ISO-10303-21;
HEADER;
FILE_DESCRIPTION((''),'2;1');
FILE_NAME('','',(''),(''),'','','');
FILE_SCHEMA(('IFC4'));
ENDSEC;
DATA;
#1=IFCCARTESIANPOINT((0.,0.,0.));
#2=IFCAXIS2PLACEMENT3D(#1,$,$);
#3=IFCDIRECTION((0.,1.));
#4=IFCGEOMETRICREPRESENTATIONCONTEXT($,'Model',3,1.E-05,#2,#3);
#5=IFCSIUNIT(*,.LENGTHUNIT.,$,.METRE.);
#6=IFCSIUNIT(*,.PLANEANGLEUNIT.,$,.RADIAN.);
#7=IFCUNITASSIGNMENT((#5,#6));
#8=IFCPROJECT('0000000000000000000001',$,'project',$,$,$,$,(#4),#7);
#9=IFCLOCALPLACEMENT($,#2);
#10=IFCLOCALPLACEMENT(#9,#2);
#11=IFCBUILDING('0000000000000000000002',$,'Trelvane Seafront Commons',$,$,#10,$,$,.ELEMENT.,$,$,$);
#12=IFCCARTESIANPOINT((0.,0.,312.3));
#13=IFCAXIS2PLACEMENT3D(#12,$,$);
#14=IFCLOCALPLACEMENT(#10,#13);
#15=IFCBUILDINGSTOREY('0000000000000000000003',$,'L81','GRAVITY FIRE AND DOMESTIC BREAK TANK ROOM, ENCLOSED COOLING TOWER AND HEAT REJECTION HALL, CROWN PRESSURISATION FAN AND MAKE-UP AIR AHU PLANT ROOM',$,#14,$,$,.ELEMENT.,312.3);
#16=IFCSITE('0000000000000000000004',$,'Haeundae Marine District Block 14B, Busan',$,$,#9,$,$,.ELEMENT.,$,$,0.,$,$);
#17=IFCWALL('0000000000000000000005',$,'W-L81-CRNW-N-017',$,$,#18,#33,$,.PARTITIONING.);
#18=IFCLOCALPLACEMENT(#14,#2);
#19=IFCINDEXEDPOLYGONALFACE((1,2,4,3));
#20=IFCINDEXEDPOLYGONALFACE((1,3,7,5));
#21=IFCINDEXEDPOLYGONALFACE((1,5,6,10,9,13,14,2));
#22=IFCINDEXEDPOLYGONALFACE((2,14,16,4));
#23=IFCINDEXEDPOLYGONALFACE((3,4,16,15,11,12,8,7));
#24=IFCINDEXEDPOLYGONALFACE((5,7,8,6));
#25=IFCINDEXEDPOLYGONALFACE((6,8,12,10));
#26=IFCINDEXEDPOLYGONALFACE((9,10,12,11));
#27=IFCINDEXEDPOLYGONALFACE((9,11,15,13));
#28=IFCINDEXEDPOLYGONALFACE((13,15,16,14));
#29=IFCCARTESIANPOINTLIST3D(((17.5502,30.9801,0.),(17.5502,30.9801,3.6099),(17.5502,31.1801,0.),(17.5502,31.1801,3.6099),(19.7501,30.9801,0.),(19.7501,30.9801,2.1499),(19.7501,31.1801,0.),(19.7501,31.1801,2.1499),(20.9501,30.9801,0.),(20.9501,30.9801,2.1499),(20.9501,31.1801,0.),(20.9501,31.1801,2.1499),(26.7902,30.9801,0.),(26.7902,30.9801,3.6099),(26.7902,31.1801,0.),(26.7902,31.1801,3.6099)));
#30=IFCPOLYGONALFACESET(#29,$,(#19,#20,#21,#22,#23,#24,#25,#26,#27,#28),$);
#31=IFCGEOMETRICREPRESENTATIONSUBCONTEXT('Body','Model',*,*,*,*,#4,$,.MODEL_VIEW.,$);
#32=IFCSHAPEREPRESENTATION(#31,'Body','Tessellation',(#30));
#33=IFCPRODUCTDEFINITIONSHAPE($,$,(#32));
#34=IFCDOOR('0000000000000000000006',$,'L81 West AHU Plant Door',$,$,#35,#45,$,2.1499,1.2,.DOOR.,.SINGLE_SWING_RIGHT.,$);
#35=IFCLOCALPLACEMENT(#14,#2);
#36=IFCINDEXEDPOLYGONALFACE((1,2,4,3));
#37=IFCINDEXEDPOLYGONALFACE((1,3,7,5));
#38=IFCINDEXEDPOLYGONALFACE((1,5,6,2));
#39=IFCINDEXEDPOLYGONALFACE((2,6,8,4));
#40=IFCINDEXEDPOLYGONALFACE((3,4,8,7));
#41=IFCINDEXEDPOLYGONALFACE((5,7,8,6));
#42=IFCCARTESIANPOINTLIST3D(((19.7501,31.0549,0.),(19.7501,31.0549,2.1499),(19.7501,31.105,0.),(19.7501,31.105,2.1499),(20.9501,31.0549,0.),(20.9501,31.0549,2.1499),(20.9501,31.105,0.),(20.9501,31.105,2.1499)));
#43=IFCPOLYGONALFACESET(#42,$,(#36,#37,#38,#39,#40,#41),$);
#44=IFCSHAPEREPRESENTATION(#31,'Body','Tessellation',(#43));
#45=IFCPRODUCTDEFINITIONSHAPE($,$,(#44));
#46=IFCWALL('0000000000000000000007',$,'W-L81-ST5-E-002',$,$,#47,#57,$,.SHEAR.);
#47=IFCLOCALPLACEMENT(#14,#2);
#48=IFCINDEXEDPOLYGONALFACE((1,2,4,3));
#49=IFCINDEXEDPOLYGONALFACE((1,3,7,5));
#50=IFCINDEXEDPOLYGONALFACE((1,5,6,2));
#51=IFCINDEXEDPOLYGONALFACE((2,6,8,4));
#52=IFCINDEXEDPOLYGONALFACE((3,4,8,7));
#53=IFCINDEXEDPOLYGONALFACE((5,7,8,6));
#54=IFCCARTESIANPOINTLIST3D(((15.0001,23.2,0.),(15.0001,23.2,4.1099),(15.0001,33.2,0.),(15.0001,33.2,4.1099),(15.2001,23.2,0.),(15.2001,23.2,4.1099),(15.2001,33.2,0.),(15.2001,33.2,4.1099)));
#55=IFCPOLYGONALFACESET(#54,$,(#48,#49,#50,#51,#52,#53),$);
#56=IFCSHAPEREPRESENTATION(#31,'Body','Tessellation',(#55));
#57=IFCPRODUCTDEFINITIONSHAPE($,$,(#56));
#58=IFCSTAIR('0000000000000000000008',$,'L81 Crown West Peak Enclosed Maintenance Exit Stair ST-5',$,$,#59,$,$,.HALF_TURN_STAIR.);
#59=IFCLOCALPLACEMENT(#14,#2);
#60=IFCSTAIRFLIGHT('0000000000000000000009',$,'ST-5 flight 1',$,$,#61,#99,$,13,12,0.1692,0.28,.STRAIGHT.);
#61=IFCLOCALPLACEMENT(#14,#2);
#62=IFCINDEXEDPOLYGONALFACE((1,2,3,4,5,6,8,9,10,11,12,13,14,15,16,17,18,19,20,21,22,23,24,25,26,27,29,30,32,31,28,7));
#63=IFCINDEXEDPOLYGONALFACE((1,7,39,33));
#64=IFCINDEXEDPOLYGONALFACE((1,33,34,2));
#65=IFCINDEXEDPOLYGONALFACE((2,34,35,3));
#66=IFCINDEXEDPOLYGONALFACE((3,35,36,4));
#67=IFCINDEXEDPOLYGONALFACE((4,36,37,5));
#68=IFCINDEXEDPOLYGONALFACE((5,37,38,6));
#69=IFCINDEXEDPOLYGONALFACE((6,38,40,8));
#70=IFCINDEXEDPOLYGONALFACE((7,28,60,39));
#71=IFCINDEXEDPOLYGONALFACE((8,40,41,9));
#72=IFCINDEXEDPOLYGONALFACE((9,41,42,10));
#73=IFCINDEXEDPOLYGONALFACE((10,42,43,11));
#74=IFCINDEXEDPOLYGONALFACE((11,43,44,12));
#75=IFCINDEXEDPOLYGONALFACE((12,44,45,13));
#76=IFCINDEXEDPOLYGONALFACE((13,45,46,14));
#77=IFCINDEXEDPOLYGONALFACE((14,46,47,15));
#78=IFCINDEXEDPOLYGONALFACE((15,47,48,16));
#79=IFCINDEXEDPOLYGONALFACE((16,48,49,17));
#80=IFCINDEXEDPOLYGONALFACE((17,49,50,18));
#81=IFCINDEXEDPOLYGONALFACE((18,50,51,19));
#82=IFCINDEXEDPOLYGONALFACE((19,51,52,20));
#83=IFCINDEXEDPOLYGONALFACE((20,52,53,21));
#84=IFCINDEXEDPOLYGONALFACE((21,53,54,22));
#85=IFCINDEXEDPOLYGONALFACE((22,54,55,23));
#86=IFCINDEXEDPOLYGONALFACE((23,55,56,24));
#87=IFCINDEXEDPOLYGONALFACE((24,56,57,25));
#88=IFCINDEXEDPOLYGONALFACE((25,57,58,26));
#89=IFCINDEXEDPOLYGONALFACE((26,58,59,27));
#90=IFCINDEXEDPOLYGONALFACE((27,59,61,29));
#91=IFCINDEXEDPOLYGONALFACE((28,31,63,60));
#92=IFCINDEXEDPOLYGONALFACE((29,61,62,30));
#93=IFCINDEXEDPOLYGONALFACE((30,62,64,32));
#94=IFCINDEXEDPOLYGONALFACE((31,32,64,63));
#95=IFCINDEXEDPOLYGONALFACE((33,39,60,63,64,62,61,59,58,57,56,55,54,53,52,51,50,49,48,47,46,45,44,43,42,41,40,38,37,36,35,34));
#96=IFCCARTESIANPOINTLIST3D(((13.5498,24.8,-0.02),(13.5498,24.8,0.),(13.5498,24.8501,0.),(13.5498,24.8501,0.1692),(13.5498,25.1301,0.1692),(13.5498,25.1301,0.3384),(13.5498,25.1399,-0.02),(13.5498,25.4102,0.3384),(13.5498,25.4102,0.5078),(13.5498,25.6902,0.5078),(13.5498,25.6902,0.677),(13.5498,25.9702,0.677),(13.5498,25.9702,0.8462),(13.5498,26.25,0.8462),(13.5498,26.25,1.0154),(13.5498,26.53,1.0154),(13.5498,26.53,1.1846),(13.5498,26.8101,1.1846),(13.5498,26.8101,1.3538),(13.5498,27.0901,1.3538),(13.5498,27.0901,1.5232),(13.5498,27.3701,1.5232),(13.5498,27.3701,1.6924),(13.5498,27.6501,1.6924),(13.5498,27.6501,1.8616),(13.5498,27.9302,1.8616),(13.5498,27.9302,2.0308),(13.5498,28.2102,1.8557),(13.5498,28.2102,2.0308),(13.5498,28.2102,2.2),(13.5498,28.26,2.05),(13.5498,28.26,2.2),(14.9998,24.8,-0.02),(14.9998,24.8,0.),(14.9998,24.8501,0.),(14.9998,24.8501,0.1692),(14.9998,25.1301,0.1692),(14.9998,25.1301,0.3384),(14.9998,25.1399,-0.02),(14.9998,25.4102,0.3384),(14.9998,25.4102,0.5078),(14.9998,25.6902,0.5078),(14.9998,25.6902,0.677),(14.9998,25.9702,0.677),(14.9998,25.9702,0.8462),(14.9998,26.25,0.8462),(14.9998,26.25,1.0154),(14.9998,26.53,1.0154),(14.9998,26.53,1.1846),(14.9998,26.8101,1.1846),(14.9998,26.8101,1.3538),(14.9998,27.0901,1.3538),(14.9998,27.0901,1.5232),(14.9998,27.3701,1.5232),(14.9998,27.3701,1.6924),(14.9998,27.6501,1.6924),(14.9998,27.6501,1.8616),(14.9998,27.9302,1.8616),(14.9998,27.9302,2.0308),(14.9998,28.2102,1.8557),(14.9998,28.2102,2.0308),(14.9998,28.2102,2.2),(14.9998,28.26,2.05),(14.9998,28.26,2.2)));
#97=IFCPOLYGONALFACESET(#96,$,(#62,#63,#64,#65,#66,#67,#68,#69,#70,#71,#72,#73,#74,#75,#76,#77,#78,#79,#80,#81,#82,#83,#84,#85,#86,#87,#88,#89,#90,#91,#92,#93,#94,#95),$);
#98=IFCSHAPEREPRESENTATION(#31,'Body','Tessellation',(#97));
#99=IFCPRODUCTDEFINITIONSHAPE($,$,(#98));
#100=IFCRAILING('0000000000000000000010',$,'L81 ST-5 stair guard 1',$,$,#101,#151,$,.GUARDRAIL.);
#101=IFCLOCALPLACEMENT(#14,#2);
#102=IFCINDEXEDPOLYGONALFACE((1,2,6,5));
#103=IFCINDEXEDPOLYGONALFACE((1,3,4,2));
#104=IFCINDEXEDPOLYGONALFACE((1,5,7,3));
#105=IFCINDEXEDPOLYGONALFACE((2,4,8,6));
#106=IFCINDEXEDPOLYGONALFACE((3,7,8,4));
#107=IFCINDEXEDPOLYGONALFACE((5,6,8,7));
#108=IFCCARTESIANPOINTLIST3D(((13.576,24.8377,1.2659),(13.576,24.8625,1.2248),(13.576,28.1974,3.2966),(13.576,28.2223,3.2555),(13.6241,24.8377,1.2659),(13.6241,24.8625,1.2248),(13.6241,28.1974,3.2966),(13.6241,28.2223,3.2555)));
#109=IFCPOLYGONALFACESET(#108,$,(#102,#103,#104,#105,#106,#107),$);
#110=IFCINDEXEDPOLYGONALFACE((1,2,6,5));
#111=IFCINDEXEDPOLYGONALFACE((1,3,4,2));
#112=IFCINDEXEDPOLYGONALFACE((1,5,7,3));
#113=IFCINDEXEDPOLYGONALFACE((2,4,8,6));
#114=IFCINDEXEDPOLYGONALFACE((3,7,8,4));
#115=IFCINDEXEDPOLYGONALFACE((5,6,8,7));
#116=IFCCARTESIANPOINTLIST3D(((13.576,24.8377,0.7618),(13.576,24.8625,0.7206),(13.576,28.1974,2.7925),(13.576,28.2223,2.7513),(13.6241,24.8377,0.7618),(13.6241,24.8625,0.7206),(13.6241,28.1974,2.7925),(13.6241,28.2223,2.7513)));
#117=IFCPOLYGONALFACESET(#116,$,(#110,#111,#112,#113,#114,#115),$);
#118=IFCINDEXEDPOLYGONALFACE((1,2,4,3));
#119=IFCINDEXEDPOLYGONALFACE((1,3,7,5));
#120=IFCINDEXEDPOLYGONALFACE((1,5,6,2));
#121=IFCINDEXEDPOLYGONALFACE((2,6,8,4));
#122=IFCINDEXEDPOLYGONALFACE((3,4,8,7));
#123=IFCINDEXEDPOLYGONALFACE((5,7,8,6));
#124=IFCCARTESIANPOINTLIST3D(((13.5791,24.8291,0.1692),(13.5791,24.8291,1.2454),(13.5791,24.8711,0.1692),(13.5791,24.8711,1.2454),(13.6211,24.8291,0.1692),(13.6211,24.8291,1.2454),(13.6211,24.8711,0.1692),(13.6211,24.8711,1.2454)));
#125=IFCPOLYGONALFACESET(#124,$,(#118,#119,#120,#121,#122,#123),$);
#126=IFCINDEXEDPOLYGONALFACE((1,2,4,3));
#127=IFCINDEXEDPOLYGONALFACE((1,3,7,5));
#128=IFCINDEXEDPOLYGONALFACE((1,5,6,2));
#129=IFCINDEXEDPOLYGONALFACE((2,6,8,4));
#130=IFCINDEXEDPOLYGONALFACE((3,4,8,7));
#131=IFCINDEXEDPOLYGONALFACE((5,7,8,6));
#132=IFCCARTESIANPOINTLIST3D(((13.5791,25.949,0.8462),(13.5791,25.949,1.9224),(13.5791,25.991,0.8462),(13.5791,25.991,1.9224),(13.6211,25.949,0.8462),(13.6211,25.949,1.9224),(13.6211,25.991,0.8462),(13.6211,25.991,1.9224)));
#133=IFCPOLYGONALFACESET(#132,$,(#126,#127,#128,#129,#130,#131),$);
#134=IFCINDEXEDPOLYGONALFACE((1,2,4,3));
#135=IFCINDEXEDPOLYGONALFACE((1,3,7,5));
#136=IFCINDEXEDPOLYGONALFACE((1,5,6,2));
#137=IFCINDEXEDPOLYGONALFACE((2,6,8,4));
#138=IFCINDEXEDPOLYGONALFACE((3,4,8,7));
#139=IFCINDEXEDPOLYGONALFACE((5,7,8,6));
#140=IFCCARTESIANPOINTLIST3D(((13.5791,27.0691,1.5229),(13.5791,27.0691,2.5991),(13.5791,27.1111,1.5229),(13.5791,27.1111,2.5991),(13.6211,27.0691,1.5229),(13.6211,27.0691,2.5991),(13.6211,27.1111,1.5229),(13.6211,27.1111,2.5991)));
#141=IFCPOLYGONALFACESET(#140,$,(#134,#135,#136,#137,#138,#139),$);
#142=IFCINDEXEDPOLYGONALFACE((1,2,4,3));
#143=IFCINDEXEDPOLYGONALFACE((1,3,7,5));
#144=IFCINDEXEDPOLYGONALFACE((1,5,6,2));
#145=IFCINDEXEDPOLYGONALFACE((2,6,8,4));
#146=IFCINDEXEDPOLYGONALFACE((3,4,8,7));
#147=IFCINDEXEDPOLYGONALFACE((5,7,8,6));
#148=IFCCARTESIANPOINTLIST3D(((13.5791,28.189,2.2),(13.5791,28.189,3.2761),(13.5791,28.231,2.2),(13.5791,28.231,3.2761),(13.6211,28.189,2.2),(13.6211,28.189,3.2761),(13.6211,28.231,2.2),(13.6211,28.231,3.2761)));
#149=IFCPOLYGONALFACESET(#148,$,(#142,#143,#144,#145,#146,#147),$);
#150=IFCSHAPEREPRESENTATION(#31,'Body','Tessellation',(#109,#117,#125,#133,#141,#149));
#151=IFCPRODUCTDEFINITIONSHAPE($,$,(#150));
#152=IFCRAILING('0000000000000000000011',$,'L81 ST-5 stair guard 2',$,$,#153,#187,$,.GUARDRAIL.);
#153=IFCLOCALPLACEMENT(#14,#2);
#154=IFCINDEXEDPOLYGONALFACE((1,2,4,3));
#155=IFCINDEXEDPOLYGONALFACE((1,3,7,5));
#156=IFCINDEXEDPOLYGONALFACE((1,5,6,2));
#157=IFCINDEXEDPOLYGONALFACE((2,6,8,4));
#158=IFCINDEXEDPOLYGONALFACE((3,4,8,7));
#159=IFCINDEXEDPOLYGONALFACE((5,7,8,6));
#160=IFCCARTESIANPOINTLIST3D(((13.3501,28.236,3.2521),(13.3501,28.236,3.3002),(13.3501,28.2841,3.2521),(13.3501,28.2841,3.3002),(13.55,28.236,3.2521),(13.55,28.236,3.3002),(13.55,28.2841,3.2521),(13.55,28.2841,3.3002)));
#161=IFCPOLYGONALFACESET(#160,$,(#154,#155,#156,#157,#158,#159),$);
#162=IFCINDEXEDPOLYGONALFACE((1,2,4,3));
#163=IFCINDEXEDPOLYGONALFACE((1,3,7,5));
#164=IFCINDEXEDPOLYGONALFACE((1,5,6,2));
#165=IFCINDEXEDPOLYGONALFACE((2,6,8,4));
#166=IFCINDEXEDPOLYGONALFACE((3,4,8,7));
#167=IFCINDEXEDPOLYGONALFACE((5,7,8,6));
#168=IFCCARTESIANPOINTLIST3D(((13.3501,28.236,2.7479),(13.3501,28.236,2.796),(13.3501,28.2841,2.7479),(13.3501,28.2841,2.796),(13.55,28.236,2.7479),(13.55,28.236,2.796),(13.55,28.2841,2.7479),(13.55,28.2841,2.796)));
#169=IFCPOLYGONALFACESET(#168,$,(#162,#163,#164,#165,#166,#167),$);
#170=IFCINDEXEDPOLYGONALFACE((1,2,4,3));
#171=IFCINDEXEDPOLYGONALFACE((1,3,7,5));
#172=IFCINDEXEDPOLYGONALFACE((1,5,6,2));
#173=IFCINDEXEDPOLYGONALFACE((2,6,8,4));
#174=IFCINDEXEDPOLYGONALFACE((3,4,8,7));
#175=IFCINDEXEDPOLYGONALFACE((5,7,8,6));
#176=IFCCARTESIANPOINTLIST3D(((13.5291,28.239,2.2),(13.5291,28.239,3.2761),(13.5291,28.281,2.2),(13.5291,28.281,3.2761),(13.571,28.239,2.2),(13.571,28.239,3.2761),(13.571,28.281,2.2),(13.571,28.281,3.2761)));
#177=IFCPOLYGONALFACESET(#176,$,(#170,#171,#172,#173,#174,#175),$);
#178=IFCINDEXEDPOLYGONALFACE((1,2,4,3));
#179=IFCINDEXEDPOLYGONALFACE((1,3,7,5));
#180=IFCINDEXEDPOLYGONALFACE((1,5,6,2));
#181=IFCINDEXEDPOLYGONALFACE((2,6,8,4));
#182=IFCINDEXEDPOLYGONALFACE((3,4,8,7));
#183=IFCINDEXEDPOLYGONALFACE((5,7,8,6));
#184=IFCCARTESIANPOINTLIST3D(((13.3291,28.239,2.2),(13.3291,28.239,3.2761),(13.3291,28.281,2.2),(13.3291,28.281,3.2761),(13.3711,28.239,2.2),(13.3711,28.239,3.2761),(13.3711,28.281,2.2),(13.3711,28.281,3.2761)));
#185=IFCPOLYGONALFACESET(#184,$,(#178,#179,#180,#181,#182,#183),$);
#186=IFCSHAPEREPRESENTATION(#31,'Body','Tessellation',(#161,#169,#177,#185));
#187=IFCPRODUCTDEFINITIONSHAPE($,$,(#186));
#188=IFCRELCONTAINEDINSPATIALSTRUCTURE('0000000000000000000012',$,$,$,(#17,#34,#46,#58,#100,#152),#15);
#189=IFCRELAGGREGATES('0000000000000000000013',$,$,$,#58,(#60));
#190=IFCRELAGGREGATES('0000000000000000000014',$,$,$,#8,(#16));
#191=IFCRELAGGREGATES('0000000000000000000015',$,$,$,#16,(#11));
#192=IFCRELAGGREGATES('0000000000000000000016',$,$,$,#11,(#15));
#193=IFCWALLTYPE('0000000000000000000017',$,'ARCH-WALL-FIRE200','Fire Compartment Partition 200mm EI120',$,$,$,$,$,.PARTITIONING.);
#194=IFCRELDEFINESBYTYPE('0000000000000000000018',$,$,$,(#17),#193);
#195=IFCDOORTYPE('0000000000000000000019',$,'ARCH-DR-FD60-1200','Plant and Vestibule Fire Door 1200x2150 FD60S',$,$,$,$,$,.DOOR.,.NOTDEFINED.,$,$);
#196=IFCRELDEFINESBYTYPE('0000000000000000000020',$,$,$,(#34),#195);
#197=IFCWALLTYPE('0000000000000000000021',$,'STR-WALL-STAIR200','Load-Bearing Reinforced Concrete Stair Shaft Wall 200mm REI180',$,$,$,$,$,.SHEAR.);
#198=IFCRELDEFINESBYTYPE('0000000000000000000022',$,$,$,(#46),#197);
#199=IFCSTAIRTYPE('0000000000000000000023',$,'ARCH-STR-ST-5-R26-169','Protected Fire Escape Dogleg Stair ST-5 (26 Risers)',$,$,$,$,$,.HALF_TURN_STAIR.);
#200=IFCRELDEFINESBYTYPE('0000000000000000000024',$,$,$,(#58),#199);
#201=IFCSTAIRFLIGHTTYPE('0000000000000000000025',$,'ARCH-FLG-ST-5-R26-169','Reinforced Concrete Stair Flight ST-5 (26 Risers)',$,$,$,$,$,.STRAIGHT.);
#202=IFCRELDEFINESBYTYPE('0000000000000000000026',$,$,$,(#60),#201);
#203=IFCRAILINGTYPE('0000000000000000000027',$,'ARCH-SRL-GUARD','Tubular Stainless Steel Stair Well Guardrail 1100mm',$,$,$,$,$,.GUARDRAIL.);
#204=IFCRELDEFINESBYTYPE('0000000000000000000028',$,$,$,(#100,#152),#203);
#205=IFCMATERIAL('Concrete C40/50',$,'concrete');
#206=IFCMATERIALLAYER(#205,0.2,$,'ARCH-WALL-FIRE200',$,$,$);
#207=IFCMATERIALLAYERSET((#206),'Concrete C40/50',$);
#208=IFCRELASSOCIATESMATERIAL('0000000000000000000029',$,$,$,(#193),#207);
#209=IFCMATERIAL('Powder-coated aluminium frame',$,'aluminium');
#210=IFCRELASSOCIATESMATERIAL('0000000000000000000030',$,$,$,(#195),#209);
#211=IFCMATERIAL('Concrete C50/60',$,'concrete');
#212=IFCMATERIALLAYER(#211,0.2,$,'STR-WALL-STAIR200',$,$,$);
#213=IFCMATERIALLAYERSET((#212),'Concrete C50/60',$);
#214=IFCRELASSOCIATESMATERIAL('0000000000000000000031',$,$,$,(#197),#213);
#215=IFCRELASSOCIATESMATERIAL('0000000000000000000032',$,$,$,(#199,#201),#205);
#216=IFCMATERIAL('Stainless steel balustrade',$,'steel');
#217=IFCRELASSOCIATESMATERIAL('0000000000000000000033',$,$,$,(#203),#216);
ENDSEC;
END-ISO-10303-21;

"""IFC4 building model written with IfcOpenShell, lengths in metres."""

from ifc_helpers import new_model, si_unit, direction, frame, frame_2d, origin, origin_2d, place, context, subcontext, project, spatial, polyline, rectangle, outline, extrude, source, transform, mapped, material, layer, layer_set, type_object, element, fill, aggregate, save


model = new_model("IFC4")

# Units and contexts
model_context = context("Model", 3, precision=1e-05, world=origin(), true_north=direction((0.0, 1.0)))
body_context = subcontext(model_context, "Body", "Model", "MODEL_VIEW")
ifc_project = project(units=[si_unit("LENGTHUNIT", "METRE"), si_unit("PLANEANGLEUNIT", "RADIAN")], contexts=[model_context])

# Site, building, storey
site_placement = place(None, origin())
site = spatial("IfcSite", under=ifc_project, at=site_placement, Name="Haeundae Marine District Block 14B, Busan", CompositionType="ELEMENT", RefElevation=0.0)
building_placement = place(site_placement, origin())
building = spatial("IfcBuilding", under=site, at=building_placement, Name="Trelvane Seafront Commons", CompositionType="ELEMENT")
storey_placement = place(building_placement, frame((0.0, 0.0, 312.3)))
storey = spatial("IfcBuildingStorey", under=building, at=storey_placement, Name="L81", Description="GRAVITY FIRE AND DOMESTIC BREAK TANK ROOM, ENCLOSED COOLING TOWER AND HEAT REJECTION HALL, CROWN PRESSURISATION FAN AND MAKE-UP AIR AHU PLANT ROOM", CompositionType="ELEMENT", Elevation=312.3)

# Wall, opening, door
ifc_material_1 = material(Name="Concrete C40/50", Category="concrete")
ifc_layer_1 = layer(ifc_material_1, 0.2, Name="ARCH-WALL-FIRE200")
ifc_layer_set_1 = layer_set([ifc_layer_1], Name="Concrete C40/50")
wall_type_1 = type_object("IfcWallType", Name="ARCH-WALL-FIRE200", Description="Fire Compartment Partition 200mm EI120", PredefinedType="PARTITIONING", material=ifc_layer_set_1)
wall_1_placement = place(storey_placement, frame((17.55, 31.0801, 0.0), z_axis=(0.0, 0.0, 1.0), x_axis=(1.0, 0.0, 0.0)))
wall_1 = element("IfcWall", 1, at=wall_1_placement, inside=storey, type_object=wall_type_1, Name="W-L81-CRNW-N-017", PredefinedType="PARTITIONING", context=body_context, shape_type="SweptSolid", body=[
    extrude(rectangle(XDim=9.24, YDim=0.2, at=frame_2d((4.6201, 0.0))), origin(), (0.0, 0.0, 1.0), 3.6099),
])
opening_placement = place(wall_1_placement, frame((2.2, 0.0, 0.0)))
opening = element("IfcOpeningElement", 2, at=opening_placement, cuts=wall_1, PredefinedType="OPENING", context=body_context, shape_type="SweptSolid", body=[
    extrude(rectangle(XDim=1.2, YDim=2.1499, at=frame_2d((0.6001, 1.075))), frame((0.0, 0.1099, 0.0), z_axis=(0.0, -1.0, 0.0), x_axis=(1.0, 0.0, 0.0)), (0.0, 0.0, 1.0), 0.22),
])
ifc_material_2 = material(Name="Powder-coated aluminium frame", Category="aluminium")
door_type = type_object("IfcDoorType", Name="ARCH-DR-FD60-1200", Description="Plant and Vestibule Fire Door 1200x2150 FD60S", OperationType="NOTDEFINED", PredefinedType="DOOR", material=ifc_material_2)
shared_shape_1 = source(origin(), body_context, "Body", "SweptSolid", [
    extrude(rectangle(XDim=1.2, YDim=2.1499, at=frame_2d((0.6001, 1.075))), frame((0.0, 0.0249, 0.0), z_axis=(0.0, -1.0, 0.0), x_axis=(1.0, 0.0, 0.0)), (0.0, 0.0, 1.0), 0.05),
])
door_placement = place(opening_placement, origin())
door = element("IfcDoor", 3, at=door_placement, inside=storey, type_object=door_type, Name="L81 West AHU Plant Door", OperationType="SINGLE_SWING_RIGHT", OverallHeight=2.1499, OverallWidth=1.2, PredefinedType="DOOR", context=body_context, shape_type="MappedRepresentation", body=[
    mapped(shared_shape_1, transform((0.0, 0.0, 0.0), x_axis=(1.0, 0.0, 0.0), y_axis=(0.0, 1.0, 0.0), z_axis=(0.0, 0.0, 1.0), scale=1.0)),
])
fill(opening, door)

# Wall
ifc_material_3 = material(Name="Concrete C50/60", Category="concrete")
ifc_layer_2 = layer(ifc_material_3, 0.2, Name="STR-WALL-STAIR200")
ifc_layer_set_2 = layer_set([ifc_layer_2], Name="Concrete C50/60")
wall_type_2 = type_object("IfcWallType", Name="STR-WALL-STAIR200", Description="Load-Bearing Reinforced Concrete Stair Shaft Wall 200mm REI180", PredefinedType="SHEAR", material=ifc_layer_set_2)
wall_2_placement = place(storey_placement, frame((15.1001, 23.2, 0.0), z_axis=(0.0, 0.0, 1.0), x_axis=(0.0, 1.0, 0.0)))
element("IfcWall", 4, at=wall_2_placement, inside=storey, type_object=wall_type_2, Name="W-L81-ST5-E-002", PredefinedType="SHEAR", context=body_context, shape_type="SweptSolid", body=[
    extrude(rectangle(XDim=10.0, YDim=0.2, at=frame_2d((5.0, 0.0))), origin(), (0.0, 0.0, 1.0), 4.1099),
])

# Stair, stair flight
stair_type = type_object("IfcStairType", Name="ARCH-STR-ST-5-R26-169", Description="Protected Fire Escape Dogleg Stair ST-5 (26 Risers)", PredefinedType="HALF_TURN_STAIR", material=ifc_material_1)
stair_placement = place(storey_placement, origin())
stair = element("IfcStair", 5, at=stair_placement, inside=storey, type_object=stair_type, Name="L81 Crown West Peak Enclosed Maintenance Exit Stair ST-5", PredefinedType="HALF_TURN_STAIR")
stair_flight_type = type_object("IfcStairFlightType", Name="ARCH-FLG-ST-5-R26-169", Description="Reinforced Concrete Stair Flight ST-5 (26 Risers)", PredefinedType="STRAIGHT", material=ifc_material_1)
shared_shape_2 = source(origin(), body_context, "Body", "SweptSolid", [
    extrude(outline(polyline([(-0.05, -0.02), (-0.05, 0.0), (0.0, 0.0), (0.0, 0.1692), (0.28, 0.1692), (0.28, 0.3384), (0.5601, 0.3384), (0.5601, 0.5078), (0.8401, 0.5078), (0.8401, 0.677), (1.1201, 0.677), (1.1201, 0.8462), (1.3999, 0.8462), (1.3999, 1.0154), (1.6799, 1.0154), (1.6799, 1.1846), (1.96, 1.1846), (1.96, 1.3538), (2.24, 1.3538), (2.24, 1.5232), (2.52, 1.5232), (2.52, 1.6924), (2.8, 1.6924), (2.8, 1.8616), (3.0801, 1.8616), (3.0801, 2.0308), (3.3601, 2.0308), (3.3601, 2.2), (3.4099, 2.2), (3.4099, 2.05), (3.3601, 1.8557), (0.2898, -0.02), (-0.05, -0.02)])), frame((0.0, 0.7251, 0.0), z_axis=(0.0, -1.0, 0.0), x_axis=(1.0, 0.0, 0.0)), (0.0, 0.0, 1.0), 1.45),
])
stair_flight_placement = place(storey_placement, frame((14.2749, 24.8501, 0.0), z_axis=(0.0, 0.0, 1.0), x_axis=(0.0, 1.0, 0.0)))
stair_flight = element("IfcStairFlight", 6, at=stair_flight_placement, type_object=stair_flight_type, Name="ST-5 flight 1", NumberOfRisers=13, NumberOfTreads=12, PredefinedType="STRAIGHT", RiserHeight=0.1692, TreadLength=0.28, context=body_context, shape_type="MappedRepresentation", body=[
    mapped(shared_shape_2, transform((0.0, 0.0, 0.0), x_axis=(1.0, 0.0, 0.0), y_axis=(0.0, 1.0, 0.0), z_axis=(0.0, 0.0, 1.0), scale=1.0)),
])
aggregate(stair, [stair_flight])

# Railings
ifc_material_4 = material(Name="Stainless steel balustrade", Category="steel")
railing_type_1 = type_object("IfcRailingType", Name="ARCH-SRL-GUARD", Description="Tubular Stainless Steel Stair Well Guardrail 1100mm", PredefinedType="GUARDRAIL", material=ifc_material_4)
railing_1_placement = place(storey_placement, frame((13.6001, 24.8501, 0.1692)))
element("IfcRailing", 7, at=railing_1_placement, inside=storey, type_object=railing_type_1, Name="L81 ST-5 stair guard 1", PredefinedType="GUARDRAIL", context=body_context, shape_type="SweptSolid", body=[
    extrude(rectangle(XDim=0.0481, YDim=0.0481, at=origin_2d()), frame((0.0, 0.0, 1.0762), z_axis=(0.0, 0.85582, 0.517273), x_axis=(-1.0, 0.0, 0.0)), (0.0, 0.0, 1.0), 3.9258),
    extrude(rectangle(XDim=0.0481, YDim=0.0481, at=origin_2d()), frame((0.0, 0.0, 0.572), z_axis=(0.0, 0.85582, 0.517273), x_axis=(-1.0, 0.0, 0.0)), (0.0, 0.0, 1.0), 3.9258),
    extrude(rectangle(XDim=0.042, YDim=0.042, at=origin_2d()), origin(), (0.0, 0.0, 1.0), 1.0762),
    extrude(rectangle(XDim=0.042, YDim=0.042, at=origin_2d()), frame((0.0, 1.1199, 0.677)), (0.0, 0.0, 1.0), 1.0762),
    extrude(rectangle(XDim=0.042, YDim=0.042, at=origin_2d()), frame((0.0, 2.24, 1.3538)), (0.0, 0.0, 1.0), 1.0762),
    extrude(rectangle(XDim=0.042, YDim=0.042, at=origin_2d()), frame((0.0, 3.3599, 2.0308)), (0.0, 0.0, 1.0), 1.0762),
])
for number, where, name in (
    (8, (13.55, 28.26, 2.2), "L81 ST-5 stair guard 2"),
):
    element("IfcRailing", number, at=place(storey_placement, frame(where)), inside=storey, type_object=railing_type_1, Name=name, PredefinedType="GUARDRAIL", context=body_context, shape_type="SweptSolid", body=[
        extrude(rectangle(XDim=0.0481, YDim=0.0481, at=origin_2d()), frame((0.0, 0.0, 1.0762), z_axis=(-1.0, 0.0, 0.0), x_axis=(0.0, -1.0, 0.0)), (0.0, 0.0, 1.0), 0.2),
        extrude(rectangle(XDim=0.0481, YDim=0.0481, at=origin_2d()), frame((0.0, 0.0, 0.572), z_axis=(-1.0, 0.0, 0.0), x_axis=(0.0, -1.0, 0.0)), (0.0, 0.0, 1.0), 0.2),
        extrude(rectangle(XDim=0.042, YDim=0.042, at=origin_2d()), origin(), (0.0, 0.0, 1.0), 1.0762),
        extrude(rectangle(XDim=0.042, YDim=0.042, at=origin_2d()), frame((-0.2, 0.0, 0.0)), (0.0, 0.0, 1.0), 1.0762),
    ])

save(model, "model.ifc")
